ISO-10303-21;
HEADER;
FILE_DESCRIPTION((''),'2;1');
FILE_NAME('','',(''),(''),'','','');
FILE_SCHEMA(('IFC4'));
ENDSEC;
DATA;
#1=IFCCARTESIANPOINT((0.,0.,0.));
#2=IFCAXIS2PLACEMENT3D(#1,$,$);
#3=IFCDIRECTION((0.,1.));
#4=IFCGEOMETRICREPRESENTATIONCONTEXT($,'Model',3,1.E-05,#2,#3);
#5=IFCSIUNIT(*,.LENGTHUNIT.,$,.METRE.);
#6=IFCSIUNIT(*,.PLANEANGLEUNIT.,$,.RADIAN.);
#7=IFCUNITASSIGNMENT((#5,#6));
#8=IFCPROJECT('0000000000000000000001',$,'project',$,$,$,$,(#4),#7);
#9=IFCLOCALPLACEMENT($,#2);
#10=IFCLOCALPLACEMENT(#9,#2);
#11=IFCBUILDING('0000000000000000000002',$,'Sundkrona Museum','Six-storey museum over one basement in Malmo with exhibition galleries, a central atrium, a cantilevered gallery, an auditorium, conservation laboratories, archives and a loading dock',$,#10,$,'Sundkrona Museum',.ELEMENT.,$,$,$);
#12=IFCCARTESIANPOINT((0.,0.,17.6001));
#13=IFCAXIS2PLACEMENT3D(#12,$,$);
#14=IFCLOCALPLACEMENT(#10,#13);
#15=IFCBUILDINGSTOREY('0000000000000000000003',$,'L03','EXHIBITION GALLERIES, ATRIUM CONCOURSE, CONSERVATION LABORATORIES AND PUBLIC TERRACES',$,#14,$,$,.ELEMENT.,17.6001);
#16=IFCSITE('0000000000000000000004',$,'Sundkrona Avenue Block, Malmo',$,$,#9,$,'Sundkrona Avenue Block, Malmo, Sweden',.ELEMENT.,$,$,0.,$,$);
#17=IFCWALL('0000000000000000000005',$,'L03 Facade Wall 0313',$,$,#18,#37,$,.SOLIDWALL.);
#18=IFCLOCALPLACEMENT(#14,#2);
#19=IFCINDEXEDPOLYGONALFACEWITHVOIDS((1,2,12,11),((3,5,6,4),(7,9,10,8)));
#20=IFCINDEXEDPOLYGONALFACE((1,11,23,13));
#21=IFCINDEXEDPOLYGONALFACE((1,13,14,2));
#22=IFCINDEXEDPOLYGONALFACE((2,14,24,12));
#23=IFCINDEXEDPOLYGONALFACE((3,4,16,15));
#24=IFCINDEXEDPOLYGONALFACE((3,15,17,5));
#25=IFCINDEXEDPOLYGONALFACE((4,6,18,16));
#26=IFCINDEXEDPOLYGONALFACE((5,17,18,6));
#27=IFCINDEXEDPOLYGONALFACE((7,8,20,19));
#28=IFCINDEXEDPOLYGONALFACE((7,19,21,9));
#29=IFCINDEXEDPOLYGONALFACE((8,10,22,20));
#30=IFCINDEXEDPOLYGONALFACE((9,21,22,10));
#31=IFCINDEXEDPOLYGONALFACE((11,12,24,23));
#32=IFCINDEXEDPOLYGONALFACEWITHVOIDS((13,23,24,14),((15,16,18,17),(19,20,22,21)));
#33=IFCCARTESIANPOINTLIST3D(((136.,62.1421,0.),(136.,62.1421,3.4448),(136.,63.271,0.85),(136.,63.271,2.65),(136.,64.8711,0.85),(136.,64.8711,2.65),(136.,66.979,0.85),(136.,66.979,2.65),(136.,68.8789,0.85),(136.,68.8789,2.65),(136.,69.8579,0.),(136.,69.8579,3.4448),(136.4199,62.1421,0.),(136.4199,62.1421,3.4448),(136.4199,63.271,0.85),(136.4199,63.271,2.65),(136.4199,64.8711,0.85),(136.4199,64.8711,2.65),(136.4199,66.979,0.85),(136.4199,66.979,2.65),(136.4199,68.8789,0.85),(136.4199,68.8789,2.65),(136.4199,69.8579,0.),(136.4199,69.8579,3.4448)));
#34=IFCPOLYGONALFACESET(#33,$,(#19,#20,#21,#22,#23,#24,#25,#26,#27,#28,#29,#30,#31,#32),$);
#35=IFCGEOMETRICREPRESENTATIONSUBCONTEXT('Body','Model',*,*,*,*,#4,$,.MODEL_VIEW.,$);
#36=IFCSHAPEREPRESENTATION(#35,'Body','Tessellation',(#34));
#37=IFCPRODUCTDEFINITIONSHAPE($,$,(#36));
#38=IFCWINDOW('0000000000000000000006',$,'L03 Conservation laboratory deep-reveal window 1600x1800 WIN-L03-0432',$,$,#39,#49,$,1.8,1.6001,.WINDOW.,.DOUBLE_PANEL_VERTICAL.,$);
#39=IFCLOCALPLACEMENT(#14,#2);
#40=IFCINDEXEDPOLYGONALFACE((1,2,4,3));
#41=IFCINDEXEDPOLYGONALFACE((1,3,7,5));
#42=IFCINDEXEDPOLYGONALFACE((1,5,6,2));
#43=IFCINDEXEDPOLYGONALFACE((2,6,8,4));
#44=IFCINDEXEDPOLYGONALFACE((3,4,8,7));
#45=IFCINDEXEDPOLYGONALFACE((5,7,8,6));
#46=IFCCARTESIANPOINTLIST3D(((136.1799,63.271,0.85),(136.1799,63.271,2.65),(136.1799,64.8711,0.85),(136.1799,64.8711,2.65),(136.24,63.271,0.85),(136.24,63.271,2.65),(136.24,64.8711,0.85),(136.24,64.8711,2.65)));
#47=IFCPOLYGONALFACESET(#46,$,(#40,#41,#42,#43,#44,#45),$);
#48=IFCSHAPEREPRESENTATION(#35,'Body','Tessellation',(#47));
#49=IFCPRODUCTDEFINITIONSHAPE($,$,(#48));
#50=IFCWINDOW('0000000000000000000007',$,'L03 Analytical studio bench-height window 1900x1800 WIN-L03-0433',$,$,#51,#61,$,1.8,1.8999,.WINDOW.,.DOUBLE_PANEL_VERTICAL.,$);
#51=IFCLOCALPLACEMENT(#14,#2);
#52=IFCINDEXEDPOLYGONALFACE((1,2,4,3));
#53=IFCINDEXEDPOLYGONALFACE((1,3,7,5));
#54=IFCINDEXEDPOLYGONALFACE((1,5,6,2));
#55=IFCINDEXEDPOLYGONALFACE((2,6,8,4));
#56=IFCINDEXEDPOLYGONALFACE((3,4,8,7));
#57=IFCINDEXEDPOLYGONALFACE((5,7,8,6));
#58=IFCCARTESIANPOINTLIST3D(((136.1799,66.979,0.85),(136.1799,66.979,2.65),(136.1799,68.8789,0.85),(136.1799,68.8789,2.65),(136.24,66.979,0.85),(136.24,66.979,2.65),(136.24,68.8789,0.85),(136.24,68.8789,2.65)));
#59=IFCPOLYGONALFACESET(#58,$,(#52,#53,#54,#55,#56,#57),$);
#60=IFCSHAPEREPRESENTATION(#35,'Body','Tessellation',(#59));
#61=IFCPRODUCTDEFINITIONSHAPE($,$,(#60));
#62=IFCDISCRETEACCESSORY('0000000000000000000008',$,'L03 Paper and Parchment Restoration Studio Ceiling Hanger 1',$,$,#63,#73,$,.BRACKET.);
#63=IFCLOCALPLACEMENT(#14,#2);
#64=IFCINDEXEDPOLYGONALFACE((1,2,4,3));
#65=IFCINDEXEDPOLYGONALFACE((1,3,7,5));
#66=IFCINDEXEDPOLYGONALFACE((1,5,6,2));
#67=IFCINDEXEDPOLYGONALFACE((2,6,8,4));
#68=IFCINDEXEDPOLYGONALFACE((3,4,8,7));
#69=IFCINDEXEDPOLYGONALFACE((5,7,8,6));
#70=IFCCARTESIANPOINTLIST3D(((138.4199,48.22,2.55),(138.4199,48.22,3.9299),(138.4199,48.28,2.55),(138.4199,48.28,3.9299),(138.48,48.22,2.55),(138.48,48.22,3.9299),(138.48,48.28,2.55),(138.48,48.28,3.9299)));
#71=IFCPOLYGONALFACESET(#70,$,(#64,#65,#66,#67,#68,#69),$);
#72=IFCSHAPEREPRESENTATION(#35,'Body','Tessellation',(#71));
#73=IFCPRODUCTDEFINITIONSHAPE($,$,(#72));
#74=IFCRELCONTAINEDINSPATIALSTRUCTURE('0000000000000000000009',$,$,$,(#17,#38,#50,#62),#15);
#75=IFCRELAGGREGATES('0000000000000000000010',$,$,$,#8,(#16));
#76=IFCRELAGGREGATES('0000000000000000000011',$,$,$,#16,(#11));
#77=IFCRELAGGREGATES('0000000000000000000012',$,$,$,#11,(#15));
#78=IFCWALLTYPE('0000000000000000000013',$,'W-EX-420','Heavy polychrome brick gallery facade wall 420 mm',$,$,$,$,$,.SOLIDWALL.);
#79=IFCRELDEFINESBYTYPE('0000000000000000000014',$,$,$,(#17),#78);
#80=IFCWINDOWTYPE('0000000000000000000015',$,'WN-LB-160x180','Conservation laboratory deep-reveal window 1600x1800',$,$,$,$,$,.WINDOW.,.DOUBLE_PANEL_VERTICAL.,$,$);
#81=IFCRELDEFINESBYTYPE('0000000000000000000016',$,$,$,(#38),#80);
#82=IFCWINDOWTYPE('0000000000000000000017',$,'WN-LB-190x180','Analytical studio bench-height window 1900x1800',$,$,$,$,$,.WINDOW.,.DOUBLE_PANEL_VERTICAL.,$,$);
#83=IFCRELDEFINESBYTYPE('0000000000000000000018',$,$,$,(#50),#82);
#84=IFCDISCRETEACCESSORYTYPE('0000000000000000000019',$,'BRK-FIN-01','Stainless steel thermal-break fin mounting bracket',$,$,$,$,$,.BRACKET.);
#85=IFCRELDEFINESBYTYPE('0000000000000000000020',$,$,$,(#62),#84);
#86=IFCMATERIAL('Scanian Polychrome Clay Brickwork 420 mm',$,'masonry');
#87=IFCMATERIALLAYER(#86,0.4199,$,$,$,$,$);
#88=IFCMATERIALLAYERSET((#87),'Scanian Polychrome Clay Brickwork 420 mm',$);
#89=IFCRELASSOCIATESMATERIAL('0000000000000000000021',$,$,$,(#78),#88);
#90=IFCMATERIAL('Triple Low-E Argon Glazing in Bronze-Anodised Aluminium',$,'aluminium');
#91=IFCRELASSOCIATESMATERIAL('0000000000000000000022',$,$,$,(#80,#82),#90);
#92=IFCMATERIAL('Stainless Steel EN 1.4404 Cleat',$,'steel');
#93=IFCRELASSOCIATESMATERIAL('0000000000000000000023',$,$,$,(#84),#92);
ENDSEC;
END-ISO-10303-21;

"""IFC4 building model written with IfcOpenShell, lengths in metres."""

from ifc_helpers import new_model, si_unit, direction, frame, frame_2d, origin, origin_2d, place, context, subcontext, project, spatial, rectangle, extrude, material, layer, layer_set, type_object, element, fill, save


model = new_model("IFC4")

# Units and contexts
model_context = context("Model", 3, precision=1e-05, world=origin(), true_north=direction((0.0, 1.0)))
body_context = subcontext(model_context, "Body", "Model", "MODEL_VIEW")
ifc_project = project(units=[si_unit("LENGTHUNIT", "METRE"), si_unit("PLANEANGLEUNIT", "RADIAN")], contexts=[model_context])

# Site, building, storey
site_placement = place(None, origin())
site = spatial("IfcSite", under=ifc_project, at=site_placement, Name="Sundkrona Avenue Block, Malmo", LongName="Sundkrona Avenue Block, Malmo, Sweden", CompositionType="ELEMENT", RefElevation=0.0)
building_placement = place(site_placement, origin())
building = spatial("IfcBuilding", under=site, at=building_placement, Name="Sundkrona Museum", Description="Six-storey museum over one basement in Malmo with exhibition galleries, a central atrium, a cantilevered gallery, an auditorium, conservation laboratories, archives and a loading dock", LongName="Sundkrona Museum", CompositionType="ELEMENT")
storey_placement = place(building_placement, frame((0.0, 0.0, 17.6001)))
storey = spatial("IfcBuildingStorey", under=building, at=storey_placement, Name="L03", Description="EXHIBITION GALLERIES, ATRIUM CONCOURSE, CONSERVATION LABORATORIES AND PUBLIC TERRACES", CompositionType="ELEMENT", Elevation=17.6001)

# Wall, openings, windows
ifc_material_1 = material(Name="Scanian Polychrome Clay Brickwork 420 mm", Category="masonry")
ifc_layer = layer(ifc_material_1, 0.4199)
ifc_layer_set = layer_set([ifc_layer], Name="Scanian Polychrome Clay Brickwork 420 mm")
wall_type = type_object("IfcWallType", Name="W-EX-420", Description="Heavy polychrome brick gallery facade wall 420 mm", PredefinedType="SOLIDWALL", material=ifc_layer_set)
ifc_material_2 = material(Name="Triple Low-E Argon Glazing in Bronze-Anodised Aluminium", Category="aluminium")
window_type_1 = type_object("IfcWindowType", Name="WN-LB-160x180", Description="Conservation laboratory deep-reveal window 1600x1800", PartitioningType="DOUBLE_PANEL_VERTICAL", PredefinedType="WINDOW", material=ifc_material_2)
window_type_2 = type_object("IfcWindowType", Name="WN-LB-190x180", Description="Analytical studio bench-height window 1900x1800", PartitioningType="DOUBLE_PANEL_VERTICAL", PredefinedType="WINDOW", material=ifc_material_2)
wall_1_placement = place(storey_placement, frame((136.21, 62.1421, 0.0), z_axis=(0.0, 0.0, 1.0), x_axis=(0.0, 1.0, 0.0)))
wall_1 = element("IfcWall", 1, at=wall_1_placement, inside=storey, type_object=wall_type, Name="L03 Facade Wall 0313", PredefinedType="SOLIDWALL", context=body_context, shape_type="SweptSolid", body=[
    extrude(rectangle(XDim=7.7158, YDim=0.4199, at=frame_2d((3.8579, 0.0))), origin(), (0.0, 0.0, 1.0), 3.4448),
])
opening_1_placement = place(wall_1_placement, frame((1.1289, 0.0, 0.8501)))
opening_1 = element("IfcOpeningElement", 2, at=opening_1_placement, cuts=wall_1, PredefinedType="OPENING", context=body_context, shape_type="SweptSolid", body=[
    extrude(rectangle(XDim=1.6001, YDim=1.8, at=frame_2d((0.8, 0.8999))), frame((0.0, 0.22, 0.0), z_axis=(0.0, -1.0, 0.0), x_axis=(1.0, 0.0, 0.0)), (0.0, 0.0, 1.0), 0.4399),
])
opening_2_placement = place(wall_1_placement, frame((4.8369, 0.0, 0.8501)))
opening_2 = element("IfcOpeningElement", 3, at=opening_2_placement, cuts=wall_1, PredefinedType="OPENING", context=body_context, shape_type="SweptSolid", body=[
    extrude(rectangle(XDim=1.8999, YDim=1.8, at=frame_2d((0.95, 0.8999))), frame((0.0, 0.22, 0.0), z_axis=(0.0, -1.0, 0.0), x_axis=(1.0, 0.0, 0.0)), (0.0, 0.0, 1.0), 0.4399),
])
window_1_placement = place(opening_1_placement, origin())
window_1 = element("IfcWindow", 4, at=window_1_placement, inside=storey, type_object=window_type_1, Name="L03 Conservation laboratory deep-reveal window 1600x1800 WIN-L03-0432", OverallHeight=1.8, OverallWidth=1.6001, PartitioningType="DOUBLE_PANEL_VERTICAL", PredefinedType="WINDOW", context=body_context, shape_type="SweptSolid", body=[
    extrude(rectangle(XDim=1.6001, YDim=1.8, at=frame_2d((0.8, 0.8999))), frame((0.0, 0.03, 0.0), z_axis=(0.0, -1.0, 0.0), x_axis=(1.0, 0.0, 0.0)), (0.0, 0.0, 1.0), 0.0601),
])
fill(opening_1, window_1)
window_2_placement = place(opening_2_placement, origin())
window_2 = element("IfcWindow", 5, at=window_2_placement, inside=storey, type_object=window_type_2, Name="L03 Analytical studio bench-height window 1900x1800 WIN-L03-0433", OverallHeight=1.8, OverallWidth=1.8999, PartitioningType="DOUBLE_PANEL_VERTICAL", PredefinedType="WINDOW", context=body_context, shape_type="SweptSolid", body=[
    extrude(rectangle(XDim=1.8999, YDim=1.8, at=frame_2d((0.95, 0.8999))), frame((0.0, 0.03, 0.0), z_axis=(0.0, -1.0, 0.0), x_axis=(1.0, 0.0, 0.0)), (0.0, 0.0, 1.0), 0.0601),
])
fill(opening_2, window_2)

# Discrete accessory
ifc_material_3 = material(Name="Stainless Steel EN 1.4404 Cleat", Category="steel")
discrete_accessory_type = type_object("IfcDiscreteAccessoryType", Name="BRK-FIN-01", Description="Stainless steel thermal-break fin mounting bracket", PredefinedType="BRACKET", material=ifc_material_3)
discrete_accessory_placement = place(storey_placement, frame((138.45, 48.25, 2.55), z_axis=(0.0, 0.0, 1.0), x_axis=(1.0, 0.0, 0.0)))
element("IfcDiscreteAccessory", 6, at=discrete_accessory_placement, inside=storey, type_object=discrete_accessory_type, Name="L03 Paper and Parchment Restoration Studio Ceiling Hanger 1", PredefinedType="BRACKET", context=body_context, shape_type="SweptSolid", body=[
    extrude(rectangle(XDim=0.0601, YDim=0.0601, at=origin_2d()), origin(), (0.0, 0.0, 1.0), 1.3799),
])

save(model, "model.ifc")
